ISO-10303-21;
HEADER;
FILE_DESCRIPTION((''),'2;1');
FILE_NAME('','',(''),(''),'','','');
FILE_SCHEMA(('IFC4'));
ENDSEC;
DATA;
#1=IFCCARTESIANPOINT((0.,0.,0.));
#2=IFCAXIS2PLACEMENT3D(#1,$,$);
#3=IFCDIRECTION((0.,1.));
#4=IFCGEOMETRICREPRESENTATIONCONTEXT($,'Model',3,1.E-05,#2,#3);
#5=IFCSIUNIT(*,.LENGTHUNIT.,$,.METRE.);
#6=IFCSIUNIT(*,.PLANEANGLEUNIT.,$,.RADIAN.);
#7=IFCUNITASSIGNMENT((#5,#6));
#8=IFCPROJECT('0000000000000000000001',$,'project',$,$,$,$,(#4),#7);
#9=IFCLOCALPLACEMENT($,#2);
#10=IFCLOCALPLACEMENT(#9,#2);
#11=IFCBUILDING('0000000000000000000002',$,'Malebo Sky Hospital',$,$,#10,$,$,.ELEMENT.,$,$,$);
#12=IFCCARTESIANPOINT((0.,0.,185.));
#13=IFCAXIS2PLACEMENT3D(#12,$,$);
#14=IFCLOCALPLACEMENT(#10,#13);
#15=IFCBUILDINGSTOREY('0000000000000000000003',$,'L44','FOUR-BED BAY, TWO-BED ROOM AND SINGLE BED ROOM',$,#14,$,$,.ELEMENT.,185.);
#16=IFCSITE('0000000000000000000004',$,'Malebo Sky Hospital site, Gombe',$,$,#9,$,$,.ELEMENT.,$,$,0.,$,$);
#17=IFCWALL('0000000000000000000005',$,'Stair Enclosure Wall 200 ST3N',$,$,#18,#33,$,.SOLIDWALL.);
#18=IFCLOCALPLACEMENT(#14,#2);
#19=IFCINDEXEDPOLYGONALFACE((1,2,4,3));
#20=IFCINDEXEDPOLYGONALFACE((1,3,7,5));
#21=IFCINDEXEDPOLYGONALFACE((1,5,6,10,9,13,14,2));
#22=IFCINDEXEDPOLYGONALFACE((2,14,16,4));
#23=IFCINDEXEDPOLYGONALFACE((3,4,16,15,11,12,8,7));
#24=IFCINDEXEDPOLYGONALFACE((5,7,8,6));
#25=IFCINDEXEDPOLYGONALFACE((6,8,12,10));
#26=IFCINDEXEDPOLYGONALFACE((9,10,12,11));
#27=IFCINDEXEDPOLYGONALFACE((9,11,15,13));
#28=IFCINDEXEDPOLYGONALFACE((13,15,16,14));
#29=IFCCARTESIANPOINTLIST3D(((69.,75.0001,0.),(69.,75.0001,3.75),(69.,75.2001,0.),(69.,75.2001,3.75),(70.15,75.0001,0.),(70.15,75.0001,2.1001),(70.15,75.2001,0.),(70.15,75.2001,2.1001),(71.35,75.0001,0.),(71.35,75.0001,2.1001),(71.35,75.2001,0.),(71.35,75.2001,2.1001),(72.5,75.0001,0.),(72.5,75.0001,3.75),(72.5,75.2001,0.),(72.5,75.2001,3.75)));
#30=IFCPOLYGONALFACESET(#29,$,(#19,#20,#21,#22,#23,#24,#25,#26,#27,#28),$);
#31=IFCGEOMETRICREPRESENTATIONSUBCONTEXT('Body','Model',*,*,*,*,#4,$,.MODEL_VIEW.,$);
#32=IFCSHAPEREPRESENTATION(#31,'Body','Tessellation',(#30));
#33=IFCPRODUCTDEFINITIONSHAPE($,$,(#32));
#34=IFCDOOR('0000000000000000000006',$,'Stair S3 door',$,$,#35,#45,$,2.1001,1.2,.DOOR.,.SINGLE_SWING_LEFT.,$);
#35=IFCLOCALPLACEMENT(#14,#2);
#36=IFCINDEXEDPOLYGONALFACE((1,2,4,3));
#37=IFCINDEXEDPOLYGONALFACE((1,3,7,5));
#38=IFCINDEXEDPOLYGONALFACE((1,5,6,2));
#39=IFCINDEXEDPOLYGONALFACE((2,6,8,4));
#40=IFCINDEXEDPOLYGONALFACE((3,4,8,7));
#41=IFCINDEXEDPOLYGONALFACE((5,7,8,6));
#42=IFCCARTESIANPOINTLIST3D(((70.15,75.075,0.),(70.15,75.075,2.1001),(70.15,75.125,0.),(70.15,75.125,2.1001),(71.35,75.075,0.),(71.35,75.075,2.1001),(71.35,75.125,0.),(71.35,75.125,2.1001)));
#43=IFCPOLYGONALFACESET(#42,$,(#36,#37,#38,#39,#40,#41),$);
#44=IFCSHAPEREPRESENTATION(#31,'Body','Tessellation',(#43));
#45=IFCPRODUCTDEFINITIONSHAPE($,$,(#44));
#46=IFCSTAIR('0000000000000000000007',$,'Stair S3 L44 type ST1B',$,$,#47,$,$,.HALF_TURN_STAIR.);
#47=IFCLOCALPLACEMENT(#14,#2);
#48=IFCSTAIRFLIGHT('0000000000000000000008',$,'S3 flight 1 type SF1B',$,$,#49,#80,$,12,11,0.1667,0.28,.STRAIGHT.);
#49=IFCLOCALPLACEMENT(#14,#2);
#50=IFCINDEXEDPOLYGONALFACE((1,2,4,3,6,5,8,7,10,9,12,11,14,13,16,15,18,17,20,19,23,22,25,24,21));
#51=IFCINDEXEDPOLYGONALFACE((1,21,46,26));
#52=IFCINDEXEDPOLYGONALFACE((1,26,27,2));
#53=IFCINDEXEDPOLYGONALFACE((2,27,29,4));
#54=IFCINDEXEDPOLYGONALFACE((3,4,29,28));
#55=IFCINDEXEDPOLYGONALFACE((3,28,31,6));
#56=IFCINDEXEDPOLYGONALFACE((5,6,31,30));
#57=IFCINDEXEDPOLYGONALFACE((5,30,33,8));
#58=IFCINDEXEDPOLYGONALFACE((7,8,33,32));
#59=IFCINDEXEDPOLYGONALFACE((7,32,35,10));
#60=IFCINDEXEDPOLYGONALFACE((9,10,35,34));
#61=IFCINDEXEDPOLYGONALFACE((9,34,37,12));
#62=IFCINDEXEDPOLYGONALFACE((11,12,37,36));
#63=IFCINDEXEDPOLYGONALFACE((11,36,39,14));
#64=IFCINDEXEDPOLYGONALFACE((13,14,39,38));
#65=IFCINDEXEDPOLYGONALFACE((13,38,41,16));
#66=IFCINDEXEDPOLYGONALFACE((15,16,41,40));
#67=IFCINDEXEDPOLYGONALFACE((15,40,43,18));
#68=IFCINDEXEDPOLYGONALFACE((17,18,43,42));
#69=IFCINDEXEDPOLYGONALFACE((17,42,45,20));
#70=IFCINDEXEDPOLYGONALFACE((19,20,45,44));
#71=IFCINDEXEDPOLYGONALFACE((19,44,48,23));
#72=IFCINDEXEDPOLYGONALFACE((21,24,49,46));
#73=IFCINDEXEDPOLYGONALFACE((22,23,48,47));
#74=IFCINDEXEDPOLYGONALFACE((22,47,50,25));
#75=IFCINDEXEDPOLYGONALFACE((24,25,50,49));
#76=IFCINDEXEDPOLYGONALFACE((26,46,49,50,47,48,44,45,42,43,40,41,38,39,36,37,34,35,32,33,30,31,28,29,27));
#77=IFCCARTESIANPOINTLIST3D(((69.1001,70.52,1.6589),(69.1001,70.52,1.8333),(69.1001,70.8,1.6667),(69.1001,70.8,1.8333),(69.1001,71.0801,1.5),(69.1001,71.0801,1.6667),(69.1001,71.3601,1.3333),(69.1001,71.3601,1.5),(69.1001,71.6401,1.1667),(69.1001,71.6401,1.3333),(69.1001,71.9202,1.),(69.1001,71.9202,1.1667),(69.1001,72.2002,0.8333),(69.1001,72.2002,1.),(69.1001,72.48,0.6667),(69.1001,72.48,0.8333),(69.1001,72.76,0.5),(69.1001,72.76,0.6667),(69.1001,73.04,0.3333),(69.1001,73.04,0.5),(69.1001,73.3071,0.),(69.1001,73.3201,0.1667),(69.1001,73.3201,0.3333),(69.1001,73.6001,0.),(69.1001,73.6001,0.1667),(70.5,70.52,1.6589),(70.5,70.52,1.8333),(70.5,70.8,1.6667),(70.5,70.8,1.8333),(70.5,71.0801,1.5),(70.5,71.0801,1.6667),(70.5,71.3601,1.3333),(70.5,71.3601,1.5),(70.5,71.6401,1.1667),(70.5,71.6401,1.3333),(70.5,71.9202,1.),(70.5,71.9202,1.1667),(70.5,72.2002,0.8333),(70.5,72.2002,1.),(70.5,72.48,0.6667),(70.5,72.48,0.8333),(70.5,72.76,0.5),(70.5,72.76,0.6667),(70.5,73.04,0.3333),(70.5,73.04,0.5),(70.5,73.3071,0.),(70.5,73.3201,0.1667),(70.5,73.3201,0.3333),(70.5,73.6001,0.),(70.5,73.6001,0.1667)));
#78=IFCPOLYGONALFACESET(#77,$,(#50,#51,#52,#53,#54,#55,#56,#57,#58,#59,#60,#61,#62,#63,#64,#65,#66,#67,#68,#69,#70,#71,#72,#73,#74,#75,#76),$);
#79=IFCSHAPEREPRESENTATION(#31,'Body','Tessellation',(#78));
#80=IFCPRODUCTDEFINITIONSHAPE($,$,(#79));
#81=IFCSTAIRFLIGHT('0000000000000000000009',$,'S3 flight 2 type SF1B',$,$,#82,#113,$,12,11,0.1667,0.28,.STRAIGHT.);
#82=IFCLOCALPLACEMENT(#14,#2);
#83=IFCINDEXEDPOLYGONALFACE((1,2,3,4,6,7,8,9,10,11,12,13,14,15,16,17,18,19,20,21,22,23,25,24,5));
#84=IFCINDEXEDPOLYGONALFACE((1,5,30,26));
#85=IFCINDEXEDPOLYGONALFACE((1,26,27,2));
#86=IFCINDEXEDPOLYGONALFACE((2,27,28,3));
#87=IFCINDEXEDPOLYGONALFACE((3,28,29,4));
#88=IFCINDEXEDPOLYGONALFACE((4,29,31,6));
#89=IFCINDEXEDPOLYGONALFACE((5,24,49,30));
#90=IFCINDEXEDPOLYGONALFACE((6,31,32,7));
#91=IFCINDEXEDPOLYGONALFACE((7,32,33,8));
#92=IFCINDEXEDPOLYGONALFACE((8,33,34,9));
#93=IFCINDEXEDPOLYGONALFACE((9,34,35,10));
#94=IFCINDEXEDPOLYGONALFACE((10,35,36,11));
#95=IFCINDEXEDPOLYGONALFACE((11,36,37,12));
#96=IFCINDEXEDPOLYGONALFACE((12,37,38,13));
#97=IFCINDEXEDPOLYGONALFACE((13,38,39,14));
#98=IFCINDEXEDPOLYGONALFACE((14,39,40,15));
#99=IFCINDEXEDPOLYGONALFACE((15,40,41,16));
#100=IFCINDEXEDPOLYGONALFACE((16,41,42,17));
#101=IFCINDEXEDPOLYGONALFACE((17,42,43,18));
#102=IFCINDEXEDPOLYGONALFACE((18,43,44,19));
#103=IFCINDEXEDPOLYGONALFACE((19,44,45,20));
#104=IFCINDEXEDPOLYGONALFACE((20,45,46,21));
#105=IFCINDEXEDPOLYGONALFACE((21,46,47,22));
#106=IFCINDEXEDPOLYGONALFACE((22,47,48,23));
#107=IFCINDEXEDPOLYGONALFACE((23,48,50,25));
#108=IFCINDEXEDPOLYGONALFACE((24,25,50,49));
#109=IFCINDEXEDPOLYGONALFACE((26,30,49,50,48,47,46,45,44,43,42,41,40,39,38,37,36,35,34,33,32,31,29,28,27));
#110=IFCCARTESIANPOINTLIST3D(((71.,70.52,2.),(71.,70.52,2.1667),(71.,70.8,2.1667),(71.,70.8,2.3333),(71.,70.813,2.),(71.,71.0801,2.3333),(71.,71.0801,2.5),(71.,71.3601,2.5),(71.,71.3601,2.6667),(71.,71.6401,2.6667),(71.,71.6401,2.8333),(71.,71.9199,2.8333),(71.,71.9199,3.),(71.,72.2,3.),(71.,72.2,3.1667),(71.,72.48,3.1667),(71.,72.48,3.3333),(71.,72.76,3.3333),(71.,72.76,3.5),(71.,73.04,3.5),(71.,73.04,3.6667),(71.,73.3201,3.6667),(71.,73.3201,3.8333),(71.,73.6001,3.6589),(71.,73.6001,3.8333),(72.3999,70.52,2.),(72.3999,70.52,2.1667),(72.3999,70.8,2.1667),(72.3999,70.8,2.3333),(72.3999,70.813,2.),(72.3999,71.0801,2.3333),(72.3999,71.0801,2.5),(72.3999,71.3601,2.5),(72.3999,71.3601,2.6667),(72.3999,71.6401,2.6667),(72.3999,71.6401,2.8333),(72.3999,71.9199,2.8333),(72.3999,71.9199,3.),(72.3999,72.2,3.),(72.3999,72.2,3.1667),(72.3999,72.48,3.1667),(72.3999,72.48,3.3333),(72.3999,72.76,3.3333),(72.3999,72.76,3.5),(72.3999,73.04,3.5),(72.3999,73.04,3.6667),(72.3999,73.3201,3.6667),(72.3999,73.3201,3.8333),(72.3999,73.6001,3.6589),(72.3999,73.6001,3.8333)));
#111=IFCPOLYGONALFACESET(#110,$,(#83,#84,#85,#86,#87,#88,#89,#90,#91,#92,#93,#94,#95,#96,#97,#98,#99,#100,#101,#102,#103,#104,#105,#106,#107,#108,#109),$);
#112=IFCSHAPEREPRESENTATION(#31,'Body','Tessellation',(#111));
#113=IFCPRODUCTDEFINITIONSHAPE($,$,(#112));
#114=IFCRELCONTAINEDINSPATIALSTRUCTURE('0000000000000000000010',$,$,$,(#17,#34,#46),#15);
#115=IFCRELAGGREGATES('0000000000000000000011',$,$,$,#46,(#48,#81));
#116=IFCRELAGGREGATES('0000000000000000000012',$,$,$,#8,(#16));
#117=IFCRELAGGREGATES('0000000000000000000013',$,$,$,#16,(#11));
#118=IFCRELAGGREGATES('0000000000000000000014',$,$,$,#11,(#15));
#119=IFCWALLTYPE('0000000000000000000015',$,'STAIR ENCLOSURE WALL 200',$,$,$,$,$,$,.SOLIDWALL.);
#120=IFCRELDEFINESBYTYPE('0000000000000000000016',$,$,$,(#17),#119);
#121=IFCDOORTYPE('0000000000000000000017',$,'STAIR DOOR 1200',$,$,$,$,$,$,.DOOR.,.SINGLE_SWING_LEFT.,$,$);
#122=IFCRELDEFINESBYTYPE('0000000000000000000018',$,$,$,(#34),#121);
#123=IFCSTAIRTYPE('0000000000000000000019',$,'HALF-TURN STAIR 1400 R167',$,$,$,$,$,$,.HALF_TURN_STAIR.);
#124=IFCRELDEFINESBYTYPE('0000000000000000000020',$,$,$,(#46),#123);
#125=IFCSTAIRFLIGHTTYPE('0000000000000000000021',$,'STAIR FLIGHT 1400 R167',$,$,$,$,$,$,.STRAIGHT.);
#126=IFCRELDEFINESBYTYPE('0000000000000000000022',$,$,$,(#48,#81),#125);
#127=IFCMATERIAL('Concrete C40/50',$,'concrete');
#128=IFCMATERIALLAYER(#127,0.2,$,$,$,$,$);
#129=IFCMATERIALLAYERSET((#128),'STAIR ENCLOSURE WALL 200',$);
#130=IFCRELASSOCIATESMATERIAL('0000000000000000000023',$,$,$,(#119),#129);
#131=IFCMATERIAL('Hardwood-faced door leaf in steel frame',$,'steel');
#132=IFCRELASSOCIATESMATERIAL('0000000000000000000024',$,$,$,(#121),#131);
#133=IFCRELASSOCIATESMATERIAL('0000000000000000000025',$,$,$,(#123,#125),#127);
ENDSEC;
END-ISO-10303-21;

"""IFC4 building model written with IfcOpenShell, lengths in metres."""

from ifc_helpers import new_model, si_unit, direction, frame, frame_2d, origin, place, context, subcontext, project, spatial, polyline, rectangle, outline, extrude, material, layer, layer_set, type_object, element, fill, aggregate, save


model = new_model("IFC4")

# Units and contexts
model_context = context("Model", 3, precision=1e-05, world=origin(), true_north=direction((0.0, 1.0)))
body_context = subcontext(model_context, "Body", "Model", "MODEL_VIEW")
ifc_project = project(units=[si_unit("LENGTHUNIT", "METRE"), si_unit("PLANEANGLEUNIT", "RADIAN")], contexts=[model_context])

# Site, building, storey
site_placement = place(None, origin())
site = spatial("IfcSite", under=ifc_project, at=site_placement, Name="Malebo Sky Hospital site, Gombe", CompositionType="ELEMENT", RefElevation=0.0)
building_placement = place(site_placement, origin())
building = spatial("IfcBuilding", under=site, at=building_placement, Name="Malebo Sky Hospital", CompositionType="ELEMENT")
storey_placement = place(building_placement, frame((0.0, 0.0, 185.0)))
storey = spatial("IfcBuildingStorey", under=building, at=storey_placement, Name="L44", Description="FOUR-BED BAY, TWO-BED ROOM AND SINGLE BED ROOM", CompositionType="ELEMENT", Elevation=185.0)

# Shared definitions
ifc_material_1 = material(Name="Hardwood-faced door leaf in steel frame", Category="steel")

# Shared definitions
ifc_material_2 = material(Name="Concrete C40/50", Category="concrete")
ifc_layer_1 = layer(ifc_material_2, 0.2)
ifc_layer_set_1 = layer_set([ifc_layer_1], Name="STAIR ENCLOSURE WALL 200")
wall_type_1 = type_object("IfcWallType", Name="STAIR ENCLOSURE WALL 200", PredefinedType="SOLIDWALL", material=ifc_layer_set_1)

# Wall, opening, door
wall_1_placement = place(storey_placement, frame((69.0, 75.1001, 0.0), z_axis=(0.0, 0.0, 1.0), x_axis=(1.0, 0.0, 0.0)))
wall_1 = element("IfcWall", 1, at=wall_1_placement, inside=storey, type_object=wall_type_1, Name="Stair Enclosure Wall 200 ST3N", PredefinedType="SOLIDWALL", context=body_context, shape_type="SweptSolid", body=[
    extrude(rectangle(XDim=3.5, YDim=0.2, at=frame_2d((1.75, 0.0))), origin(), (0.0, 0.0, 1.0), 3.75),
])
opening_1_placement = place(wall_1_placement, frame((1.1499, 0.0, 0.0)))
opening_1 = element("IfcOpeningElement", 2, at=opening_1_placement, cuts=wall_1, PredefinedType="OPENING", context=body_context, shape_type="SweptSolid", body=[
    extrude(rectangle(XDim=1.2, YDim=2.1001, at=frame_2d((0.6001, 1.05))), frame((0.0, 0.1099, 0.0), z_axis=(0.0, -1.0, 0.0), x_axis=(1.0, 0.0, 0.0)), (0.0, 0.0, 1.0), 0.22),
])
door_type_1 = type_object("IfcDoorType", Name="STAIR DOOR 1200", OperationType="SINGLE_SWING_LEFT", PredefinedType="DOOR", material=ifc_material_1)
door_1_placement = place(opening_1_placement, origin())
door_1 = element("IfcDoor", 3, at=door_1_placement, inside=storey, type_object=door_type_1, Name="Stair S3 door", OperationType="SINGLE_SWING_LEFT", OverallHeight=2.1001, OverallWidth=1.2, PredefinedType="DOOR", context=body_context, shape_type="SweptSolid", body=[
    extrude(rectangle(XDim=1.2, YDim=2.1001, at=frame_2d((0.6001, 1.05))), frame((0.0, 0.0249, 0.0), z_axis=(0.0, -1.0, 0.0), x_axis=(1.0, 0.0, 0.0)), (0.0, 0.0, 1.0), 0.05),
])
fill(opening_1, door_1)

# Stair, stair flights
stair_type = type_object("IfcStairType", Name="HALF-TURN STAIR 1400 R167", PredefinedType="HALF_TURN_STAIR", material=ifc_material_2)
stair_placement = place(storey_placement, origin())
stair = element("IfcStair", 4, at=stair_placement, inside=storey, type_object=stair_type, Name="Stair S3 L44 type ST1B", PredefinedType="HALF_TURN_STAIR")
stair_flight_type = type_object("IfcStairFlightType", Name="STAIR FLIGHT 1400 R167", PredefinedType="STRAIGHT", material=ifc_material_2)
stair_flight_1_placement = place(storey_placement, frame((69.8, 73.6001, 0.0), z_axis=(0.0, 0.0, 1.0), x_axis=(0.0, -1.0, 0.0)))
stair_flight_1 = element("IfcStairFlight", 5, at=stair_flight_1_placement, type_object=stair_flight_type, Name="S3 flight 1 type SF1B", NumberOfRisers=12, NumberOfTreads=11, PredefinedType="STRAIGHT", RiserHeight=0.1667, TreadLength=0.28, context=body_context, shape_type="SweptSolid", body=[
    extrude(outline(polyline([(0.0, 0.0), (0.0, 0.1667), (0.28, 0.1667), (0.28, 0.3333), (0.5601, 0.3333), (0.5601, 0.5), (0.8401, 0.5), (0.8401, 0.6667), (1.1201, 0.6667), (1.1201, 0.8333), (1.3999, 0.8333), (1.3999, 1.0), (1.6799, 1.0), (1.6799, 1.1667), (1.96, 1.1667), (1.96, 1.3333), (2.24, 1.3333), (2.24, 1.5), (2.52, 1.5), (2.52, 1.6667), (2.8, 1.6667), (2.8, 1.8333), (3.0801, 1.8333), (3.0801, 2.0), (3.0801, 1.6589), (0.293, 0.0), (0.0, 0.0)])), frame((0.0, 0.7, 0.0), z_axis=(0.0, -1.0, 0.0), x_axis=(1.0, 0.0, 0.0)), (0.0, 0.0, 1.0), 1.3999),
])
stair_flight_2_placement = place(storey_placement, frame((71.7, 70.52, 2.0), z_axis=(0.0, 0.0, 1.0), x_axis=(0.0, 1.0, 0.0)))
stair_flight_2 = element("IfcStairFlight", 6, at=stair_flight_2_placement, type_object=stair_flight_type, Name="S3 flight 2 type SF1B", NumberOfRisers=12, NumberOfTreads=11, PredefinedType="STRAIGHT", RiserHeight=0.1667, TreadLength=0.28, context=body_context, shape_type="SweptSolid", body=[
    extrude(outline(polyline([(0.0, 0.0), (0.0, 0.1667), (0.28, 0.1667), (0.28, 0.3333), (0.5601, 0.3333), (0.5601, 0.5), (0.8401, 0.5), (0.8401, 0.6667), (1.1201, 0.6667), (1.1201, 0.8333), (1.3999, 0.8333), (1.3999, 1.0), (1.6799, 1.0), (1.6799, 1.1667), (1.96, 1.1667), (1.96, 1.3333), (2.24, 1.3333), (2.24, 1.5), (2.52, 1.5), (2.52, 1.6667), (2.8, 1.6667), (2.8, 1.8333), (3.0801, 1.8333), (3.0801, 2.0), (3.0801, 1.6589), (0.293, 0.0), (0.0, 0.0)])), frame((0.0, 0.7, 0.0), z_axis=(0.0, -1.0, 0.0), x_axis=(1.0, 0.0, 0.0)), (0.0, 0.0, 1.0), 1.3999),
])
aggregate(stair, [stair_flight_1, stair_flight_2])

save(model, "model.ifc")
